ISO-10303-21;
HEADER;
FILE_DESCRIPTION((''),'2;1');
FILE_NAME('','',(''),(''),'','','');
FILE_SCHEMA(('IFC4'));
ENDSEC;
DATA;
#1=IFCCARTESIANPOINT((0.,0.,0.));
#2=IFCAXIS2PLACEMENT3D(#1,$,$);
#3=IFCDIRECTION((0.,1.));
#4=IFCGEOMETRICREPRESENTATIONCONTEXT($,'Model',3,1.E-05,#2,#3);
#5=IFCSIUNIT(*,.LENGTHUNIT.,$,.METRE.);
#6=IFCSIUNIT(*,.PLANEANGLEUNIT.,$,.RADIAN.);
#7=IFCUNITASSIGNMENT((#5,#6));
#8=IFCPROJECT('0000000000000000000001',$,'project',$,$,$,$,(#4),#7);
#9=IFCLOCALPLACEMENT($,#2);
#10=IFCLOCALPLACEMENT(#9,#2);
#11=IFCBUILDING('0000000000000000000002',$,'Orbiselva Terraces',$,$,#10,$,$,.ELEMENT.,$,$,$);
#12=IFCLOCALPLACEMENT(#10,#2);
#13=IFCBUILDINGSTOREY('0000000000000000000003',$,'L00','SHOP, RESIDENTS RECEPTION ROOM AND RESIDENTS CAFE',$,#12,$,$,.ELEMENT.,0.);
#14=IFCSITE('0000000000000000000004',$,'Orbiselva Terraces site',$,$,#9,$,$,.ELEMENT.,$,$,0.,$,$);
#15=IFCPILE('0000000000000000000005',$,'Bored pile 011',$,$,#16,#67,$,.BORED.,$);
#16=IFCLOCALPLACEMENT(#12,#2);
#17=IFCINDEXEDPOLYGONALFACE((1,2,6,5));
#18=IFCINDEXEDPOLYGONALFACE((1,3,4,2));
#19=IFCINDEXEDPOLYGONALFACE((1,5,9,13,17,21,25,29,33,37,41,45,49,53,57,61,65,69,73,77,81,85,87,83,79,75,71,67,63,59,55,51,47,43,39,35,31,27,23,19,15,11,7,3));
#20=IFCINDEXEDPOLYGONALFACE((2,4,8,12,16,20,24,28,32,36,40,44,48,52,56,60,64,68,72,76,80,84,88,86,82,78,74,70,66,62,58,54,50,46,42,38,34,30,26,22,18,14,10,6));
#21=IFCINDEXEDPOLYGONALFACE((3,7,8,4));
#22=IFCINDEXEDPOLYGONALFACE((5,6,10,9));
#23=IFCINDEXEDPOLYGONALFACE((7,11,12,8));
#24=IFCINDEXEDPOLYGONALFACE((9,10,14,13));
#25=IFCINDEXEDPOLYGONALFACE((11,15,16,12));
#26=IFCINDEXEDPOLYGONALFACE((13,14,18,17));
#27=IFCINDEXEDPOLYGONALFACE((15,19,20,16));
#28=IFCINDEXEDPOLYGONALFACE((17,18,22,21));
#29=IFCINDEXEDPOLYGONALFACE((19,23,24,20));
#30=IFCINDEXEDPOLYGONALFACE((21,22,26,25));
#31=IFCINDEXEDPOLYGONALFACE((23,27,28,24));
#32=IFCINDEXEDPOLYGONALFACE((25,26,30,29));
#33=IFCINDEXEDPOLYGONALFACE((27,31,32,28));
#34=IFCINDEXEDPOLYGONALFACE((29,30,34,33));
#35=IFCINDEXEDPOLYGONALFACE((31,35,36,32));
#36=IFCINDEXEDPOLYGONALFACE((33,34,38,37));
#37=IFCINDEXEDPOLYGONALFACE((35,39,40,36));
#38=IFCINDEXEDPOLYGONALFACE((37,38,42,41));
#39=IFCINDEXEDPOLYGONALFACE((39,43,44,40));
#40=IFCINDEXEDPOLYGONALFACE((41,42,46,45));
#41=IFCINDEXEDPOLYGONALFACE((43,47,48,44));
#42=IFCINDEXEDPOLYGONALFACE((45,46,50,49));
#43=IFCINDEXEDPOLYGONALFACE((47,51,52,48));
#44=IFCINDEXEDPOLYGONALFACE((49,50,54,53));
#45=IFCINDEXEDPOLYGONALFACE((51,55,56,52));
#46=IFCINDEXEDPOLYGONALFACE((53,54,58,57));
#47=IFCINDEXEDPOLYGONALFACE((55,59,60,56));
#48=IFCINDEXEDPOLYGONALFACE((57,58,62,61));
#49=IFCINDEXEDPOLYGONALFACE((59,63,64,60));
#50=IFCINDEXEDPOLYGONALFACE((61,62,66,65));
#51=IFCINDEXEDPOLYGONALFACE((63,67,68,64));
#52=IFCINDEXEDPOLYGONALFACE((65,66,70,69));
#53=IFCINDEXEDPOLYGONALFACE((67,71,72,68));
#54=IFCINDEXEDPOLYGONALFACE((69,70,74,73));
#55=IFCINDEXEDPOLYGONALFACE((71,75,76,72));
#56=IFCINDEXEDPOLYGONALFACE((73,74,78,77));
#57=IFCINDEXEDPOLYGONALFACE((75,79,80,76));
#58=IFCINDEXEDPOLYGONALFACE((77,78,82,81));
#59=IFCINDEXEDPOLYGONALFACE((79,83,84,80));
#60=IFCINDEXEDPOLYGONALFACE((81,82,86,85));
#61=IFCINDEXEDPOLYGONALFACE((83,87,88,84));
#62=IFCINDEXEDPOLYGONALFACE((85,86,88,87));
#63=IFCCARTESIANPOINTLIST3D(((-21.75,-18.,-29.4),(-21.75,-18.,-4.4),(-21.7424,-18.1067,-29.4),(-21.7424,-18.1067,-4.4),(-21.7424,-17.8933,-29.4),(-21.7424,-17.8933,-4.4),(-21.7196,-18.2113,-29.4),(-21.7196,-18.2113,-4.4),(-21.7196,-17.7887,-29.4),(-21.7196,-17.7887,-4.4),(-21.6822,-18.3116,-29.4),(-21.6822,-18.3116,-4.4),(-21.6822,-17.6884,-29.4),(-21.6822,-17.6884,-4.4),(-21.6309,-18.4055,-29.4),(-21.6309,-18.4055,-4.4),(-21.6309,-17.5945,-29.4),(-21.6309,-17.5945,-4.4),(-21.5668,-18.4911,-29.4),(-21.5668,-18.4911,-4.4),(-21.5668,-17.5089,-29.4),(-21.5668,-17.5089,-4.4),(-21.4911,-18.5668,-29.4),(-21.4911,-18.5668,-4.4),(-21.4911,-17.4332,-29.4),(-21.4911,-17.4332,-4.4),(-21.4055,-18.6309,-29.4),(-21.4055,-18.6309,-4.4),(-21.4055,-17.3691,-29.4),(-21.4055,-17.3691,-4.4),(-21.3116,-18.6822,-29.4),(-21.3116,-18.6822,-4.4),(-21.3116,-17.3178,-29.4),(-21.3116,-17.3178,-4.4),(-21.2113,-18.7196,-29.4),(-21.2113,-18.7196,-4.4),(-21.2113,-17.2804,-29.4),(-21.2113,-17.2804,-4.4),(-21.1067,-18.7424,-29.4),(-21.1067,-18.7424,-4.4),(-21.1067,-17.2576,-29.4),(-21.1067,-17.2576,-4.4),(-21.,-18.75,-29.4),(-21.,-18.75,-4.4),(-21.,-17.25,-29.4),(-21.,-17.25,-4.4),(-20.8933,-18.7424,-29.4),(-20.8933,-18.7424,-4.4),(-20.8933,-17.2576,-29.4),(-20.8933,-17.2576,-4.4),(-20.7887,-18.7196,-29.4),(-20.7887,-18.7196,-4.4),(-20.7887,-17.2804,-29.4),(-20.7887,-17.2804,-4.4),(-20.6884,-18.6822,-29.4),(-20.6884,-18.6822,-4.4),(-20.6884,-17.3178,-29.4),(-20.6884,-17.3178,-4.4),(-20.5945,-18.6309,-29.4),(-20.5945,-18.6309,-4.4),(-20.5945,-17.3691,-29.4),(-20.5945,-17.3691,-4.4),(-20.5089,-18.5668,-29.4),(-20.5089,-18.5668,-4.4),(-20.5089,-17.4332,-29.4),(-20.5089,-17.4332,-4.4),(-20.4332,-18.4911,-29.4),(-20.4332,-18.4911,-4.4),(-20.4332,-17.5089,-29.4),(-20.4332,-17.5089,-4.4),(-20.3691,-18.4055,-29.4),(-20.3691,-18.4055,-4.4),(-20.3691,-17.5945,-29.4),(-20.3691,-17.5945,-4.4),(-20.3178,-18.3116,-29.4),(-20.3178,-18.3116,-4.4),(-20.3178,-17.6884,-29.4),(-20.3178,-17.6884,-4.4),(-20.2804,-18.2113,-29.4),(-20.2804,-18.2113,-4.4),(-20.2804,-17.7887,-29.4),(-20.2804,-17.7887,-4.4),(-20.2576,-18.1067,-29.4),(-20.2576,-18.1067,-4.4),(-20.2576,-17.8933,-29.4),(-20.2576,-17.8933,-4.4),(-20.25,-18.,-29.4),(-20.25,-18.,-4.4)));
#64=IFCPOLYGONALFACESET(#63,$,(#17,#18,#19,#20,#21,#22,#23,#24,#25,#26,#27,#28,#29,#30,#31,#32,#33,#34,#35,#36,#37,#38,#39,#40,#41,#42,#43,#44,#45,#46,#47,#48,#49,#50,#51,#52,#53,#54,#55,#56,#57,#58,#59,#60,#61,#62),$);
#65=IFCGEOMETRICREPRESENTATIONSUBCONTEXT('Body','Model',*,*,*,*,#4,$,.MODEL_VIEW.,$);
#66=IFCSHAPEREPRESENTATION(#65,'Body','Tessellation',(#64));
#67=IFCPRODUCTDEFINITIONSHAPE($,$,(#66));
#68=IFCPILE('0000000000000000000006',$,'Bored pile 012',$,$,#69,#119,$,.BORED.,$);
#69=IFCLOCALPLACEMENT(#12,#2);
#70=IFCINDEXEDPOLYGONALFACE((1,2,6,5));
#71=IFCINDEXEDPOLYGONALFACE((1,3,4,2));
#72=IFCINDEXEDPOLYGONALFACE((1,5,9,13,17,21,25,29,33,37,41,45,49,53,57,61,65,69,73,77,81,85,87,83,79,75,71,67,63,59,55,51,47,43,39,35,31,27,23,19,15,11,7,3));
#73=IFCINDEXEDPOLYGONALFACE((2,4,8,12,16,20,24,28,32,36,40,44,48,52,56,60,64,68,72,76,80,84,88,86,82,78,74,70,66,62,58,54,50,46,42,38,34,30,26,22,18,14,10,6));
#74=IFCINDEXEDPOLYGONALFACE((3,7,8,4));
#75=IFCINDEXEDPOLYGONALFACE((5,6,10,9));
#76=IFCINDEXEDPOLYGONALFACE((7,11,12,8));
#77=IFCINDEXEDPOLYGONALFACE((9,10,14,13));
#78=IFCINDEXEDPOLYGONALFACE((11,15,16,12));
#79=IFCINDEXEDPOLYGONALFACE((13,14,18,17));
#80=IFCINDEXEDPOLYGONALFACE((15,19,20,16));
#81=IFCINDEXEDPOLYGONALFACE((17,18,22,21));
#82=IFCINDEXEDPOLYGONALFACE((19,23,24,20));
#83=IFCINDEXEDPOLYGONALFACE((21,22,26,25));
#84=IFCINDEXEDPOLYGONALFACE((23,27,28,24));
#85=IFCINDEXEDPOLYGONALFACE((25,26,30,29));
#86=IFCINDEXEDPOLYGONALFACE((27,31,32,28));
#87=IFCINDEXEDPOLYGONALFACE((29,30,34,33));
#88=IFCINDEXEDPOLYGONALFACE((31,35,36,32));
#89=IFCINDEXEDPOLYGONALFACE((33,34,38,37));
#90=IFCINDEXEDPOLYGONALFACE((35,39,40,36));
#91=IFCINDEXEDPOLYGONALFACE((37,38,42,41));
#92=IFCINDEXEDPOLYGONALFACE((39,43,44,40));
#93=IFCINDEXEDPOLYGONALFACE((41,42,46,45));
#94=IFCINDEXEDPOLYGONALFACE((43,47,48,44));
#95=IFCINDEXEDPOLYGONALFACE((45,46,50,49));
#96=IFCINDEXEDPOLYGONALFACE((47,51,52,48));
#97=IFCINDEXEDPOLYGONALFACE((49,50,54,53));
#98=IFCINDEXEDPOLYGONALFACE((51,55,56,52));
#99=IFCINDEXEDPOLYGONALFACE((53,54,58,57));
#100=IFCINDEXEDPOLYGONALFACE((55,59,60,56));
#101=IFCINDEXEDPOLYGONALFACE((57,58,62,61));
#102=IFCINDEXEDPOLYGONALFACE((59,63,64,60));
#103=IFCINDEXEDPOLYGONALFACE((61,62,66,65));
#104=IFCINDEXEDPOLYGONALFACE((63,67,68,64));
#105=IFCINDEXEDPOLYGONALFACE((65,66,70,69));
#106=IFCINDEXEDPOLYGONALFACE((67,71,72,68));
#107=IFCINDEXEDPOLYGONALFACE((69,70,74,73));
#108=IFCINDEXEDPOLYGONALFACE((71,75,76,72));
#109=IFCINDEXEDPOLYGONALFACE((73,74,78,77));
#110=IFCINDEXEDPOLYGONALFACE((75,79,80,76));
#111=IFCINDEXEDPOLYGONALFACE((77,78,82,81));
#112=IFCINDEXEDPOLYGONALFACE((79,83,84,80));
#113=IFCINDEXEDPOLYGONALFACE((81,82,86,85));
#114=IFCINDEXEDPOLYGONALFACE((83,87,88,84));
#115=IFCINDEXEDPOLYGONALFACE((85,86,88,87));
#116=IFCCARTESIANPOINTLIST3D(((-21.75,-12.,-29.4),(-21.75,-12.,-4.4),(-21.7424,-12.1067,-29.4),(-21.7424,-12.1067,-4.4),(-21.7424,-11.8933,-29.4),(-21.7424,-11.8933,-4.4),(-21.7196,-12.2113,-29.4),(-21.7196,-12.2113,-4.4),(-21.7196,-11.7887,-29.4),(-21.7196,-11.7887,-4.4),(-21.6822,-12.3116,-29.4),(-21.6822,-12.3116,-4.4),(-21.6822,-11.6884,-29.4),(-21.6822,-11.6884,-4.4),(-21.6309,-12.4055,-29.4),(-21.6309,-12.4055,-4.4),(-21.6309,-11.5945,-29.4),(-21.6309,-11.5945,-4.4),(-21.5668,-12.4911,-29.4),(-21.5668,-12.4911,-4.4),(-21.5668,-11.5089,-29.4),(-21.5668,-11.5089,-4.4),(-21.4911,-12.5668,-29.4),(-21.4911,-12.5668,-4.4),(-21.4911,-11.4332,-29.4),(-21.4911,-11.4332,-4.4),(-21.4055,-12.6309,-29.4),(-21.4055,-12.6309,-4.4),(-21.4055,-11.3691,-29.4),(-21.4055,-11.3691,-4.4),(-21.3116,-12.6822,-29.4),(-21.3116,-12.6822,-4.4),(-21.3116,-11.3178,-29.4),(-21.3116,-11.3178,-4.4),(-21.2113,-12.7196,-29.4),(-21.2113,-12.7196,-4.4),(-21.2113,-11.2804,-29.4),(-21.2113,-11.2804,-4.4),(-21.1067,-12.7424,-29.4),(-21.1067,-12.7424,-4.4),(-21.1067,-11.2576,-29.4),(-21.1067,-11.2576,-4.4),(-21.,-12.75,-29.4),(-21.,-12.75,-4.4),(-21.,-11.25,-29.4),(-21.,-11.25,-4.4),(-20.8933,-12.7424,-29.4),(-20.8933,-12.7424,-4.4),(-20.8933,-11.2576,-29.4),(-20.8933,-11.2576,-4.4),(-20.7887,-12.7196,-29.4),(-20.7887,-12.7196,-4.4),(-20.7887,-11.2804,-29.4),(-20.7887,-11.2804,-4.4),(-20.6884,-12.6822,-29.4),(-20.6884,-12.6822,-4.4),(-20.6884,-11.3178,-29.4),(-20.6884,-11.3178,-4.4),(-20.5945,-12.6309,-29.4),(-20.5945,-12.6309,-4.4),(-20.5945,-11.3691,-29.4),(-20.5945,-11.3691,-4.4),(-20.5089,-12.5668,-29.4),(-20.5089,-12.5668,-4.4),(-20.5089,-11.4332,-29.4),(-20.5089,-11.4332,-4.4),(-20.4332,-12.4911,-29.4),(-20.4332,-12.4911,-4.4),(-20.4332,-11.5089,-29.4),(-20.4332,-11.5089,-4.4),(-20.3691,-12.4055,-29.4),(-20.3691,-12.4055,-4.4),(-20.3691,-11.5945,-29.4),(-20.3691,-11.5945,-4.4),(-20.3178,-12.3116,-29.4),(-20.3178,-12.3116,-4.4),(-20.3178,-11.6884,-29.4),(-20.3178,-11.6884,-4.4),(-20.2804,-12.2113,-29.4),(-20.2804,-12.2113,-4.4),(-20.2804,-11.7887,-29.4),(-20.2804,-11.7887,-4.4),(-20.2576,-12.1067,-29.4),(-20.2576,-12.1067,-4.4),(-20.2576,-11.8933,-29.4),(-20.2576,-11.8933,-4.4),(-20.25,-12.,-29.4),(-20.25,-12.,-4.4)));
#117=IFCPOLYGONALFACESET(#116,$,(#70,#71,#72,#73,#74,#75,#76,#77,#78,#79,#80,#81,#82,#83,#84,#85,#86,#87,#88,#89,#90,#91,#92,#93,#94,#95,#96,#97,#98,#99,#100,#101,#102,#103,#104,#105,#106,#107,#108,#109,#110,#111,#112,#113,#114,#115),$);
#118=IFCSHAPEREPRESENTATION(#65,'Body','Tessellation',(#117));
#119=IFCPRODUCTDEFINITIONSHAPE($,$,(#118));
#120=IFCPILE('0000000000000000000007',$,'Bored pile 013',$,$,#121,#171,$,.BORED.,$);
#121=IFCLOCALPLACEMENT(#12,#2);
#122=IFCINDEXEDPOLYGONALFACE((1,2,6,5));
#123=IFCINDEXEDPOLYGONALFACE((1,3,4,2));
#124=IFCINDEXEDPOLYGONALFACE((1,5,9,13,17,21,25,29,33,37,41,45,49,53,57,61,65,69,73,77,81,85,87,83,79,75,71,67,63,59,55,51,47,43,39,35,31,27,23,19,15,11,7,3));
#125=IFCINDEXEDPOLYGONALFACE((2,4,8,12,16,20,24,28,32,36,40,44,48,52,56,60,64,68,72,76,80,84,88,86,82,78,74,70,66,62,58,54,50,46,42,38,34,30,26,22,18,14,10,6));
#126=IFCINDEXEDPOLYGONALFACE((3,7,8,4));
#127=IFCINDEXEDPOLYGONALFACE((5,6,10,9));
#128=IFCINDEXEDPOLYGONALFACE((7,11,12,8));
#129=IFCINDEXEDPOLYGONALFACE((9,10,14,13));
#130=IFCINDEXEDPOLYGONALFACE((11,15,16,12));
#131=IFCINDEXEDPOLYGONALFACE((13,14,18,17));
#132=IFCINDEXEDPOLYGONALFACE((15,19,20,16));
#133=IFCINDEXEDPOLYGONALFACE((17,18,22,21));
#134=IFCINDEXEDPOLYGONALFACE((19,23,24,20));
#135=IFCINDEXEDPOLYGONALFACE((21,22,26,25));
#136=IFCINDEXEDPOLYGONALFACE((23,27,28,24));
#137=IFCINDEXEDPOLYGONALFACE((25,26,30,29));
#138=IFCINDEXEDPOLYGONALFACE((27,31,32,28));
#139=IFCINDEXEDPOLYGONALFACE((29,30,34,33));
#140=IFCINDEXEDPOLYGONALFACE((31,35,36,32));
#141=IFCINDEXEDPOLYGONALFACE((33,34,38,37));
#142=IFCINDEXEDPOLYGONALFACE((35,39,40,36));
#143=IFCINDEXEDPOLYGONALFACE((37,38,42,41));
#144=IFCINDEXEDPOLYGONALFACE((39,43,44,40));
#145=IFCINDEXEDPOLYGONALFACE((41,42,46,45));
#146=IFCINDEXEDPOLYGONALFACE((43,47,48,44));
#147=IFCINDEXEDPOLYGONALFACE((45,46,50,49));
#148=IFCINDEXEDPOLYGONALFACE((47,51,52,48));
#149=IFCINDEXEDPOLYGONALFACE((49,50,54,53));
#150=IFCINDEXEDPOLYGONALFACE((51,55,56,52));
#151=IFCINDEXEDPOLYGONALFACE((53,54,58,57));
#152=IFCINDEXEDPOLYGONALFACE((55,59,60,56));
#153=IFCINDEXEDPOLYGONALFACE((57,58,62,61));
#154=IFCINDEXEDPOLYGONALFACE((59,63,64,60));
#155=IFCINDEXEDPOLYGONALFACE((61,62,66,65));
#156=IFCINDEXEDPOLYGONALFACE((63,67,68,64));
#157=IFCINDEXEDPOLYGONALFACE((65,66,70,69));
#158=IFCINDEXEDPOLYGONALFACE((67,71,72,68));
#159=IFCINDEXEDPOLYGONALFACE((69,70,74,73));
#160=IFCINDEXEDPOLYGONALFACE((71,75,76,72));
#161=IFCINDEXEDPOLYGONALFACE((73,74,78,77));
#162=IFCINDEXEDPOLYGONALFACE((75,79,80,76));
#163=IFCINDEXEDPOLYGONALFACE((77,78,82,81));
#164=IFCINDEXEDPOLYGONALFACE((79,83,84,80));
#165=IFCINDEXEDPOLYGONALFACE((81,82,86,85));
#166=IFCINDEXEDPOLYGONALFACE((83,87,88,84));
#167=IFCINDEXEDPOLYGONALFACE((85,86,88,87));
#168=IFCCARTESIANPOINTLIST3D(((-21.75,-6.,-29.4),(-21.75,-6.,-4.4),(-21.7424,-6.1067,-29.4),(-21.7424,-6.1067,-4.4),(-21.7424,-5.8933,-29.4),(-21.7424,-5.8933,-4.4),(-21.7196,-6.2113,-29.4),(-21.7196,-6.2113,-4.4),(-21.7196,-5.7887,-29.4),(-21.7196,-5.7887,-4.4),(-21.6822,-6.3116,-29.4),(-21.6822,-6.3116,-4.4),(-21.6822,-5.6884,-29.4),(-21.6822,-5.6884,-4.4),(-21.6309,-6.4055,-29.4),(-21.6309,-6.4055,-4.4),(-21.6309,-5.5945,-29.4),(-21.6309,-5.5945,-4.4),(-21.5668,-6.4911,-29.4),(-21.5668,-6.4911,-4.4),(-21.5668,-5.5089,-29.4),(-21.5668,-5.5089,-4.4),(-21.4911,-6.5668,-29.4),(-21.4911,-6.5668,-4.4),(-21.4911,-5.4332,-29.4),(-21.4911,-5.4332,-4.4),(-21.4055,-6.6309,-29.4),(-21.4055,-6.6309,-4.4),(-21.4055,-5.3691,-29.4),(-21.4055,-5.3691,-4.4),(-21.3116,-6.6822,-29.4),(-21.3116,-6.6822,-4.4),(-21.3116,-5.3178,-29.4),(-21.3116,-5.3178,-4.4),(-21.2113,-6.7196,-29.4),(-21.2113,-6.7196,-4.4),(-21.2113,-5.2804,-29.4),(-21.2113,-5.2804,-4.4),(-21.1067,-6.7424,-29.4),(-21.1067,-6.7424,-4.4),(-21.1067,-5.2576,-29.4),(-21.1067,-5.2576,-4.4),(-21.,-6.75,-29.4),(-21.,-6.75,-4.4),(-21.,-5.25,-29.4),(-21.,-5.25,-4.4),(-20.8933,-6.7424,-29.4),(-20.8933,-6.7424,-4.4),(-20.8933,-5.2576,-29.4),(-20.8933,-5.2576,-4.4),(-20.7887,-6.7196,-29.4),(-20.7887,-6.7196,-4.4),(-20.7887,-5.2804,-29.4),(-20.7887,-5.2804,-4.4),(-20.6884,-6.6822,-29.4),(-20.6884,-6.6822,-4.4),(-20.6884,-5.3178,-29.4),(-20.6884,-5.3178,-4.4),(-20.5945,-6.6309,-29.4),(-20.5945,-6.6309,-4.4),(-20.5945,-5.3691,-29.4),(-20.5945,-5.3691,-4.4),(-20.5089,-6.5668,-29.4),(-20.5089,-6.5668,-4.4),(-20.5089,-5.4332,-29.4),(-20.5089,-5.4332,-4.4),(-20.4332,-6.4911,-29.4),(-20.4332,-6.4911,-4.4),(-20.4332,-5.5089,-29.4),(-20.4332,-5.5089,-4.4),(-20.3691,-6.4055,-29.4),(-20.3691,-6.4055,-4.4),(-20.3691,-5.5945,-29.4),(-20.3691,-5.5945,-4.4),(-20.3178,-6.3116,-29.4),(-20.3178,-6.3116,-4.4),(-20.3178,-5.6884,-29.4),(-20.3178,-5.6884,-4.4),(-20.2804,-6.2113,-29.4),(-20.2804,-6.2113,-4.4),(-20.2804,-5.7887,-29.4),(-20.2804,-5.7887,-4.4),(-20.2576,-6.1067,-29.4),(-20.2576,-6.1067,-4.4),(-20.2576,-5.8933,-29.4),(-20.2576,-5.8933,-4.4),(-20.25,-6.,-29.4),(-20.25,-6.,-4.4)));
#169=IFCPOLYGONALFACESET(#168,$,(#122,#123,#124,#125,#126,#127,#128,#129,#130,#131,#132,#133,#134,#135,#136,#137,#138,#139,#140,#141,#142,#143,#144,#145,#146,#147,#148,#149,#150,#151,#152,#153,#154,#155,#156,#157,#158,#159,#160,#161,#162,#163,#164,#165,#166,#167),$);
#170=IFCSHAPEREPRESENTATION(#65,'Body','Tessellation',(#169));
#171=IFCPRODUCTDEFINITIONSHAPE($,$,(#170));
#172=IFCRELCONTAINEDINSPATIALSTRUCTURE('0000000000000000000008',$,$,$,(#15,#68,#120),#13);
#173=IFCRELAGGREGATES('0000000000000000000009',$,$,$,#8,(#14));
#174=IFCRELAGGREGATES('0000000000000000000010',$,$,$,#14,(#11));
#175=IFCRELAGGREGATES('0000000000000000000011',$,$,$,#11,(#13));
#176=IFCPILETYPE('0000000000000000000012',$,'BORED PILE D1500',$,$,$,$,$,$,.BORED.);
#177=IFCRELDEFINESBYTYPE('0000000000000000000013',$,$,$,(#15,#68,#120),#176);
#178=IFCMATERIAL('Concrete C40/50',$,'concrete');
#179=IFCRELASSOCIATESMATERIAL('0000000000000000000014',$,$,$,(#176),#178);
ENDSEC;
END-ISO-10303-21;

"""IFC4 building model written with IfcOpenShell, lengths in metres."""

from ifc_helpers import new_model, si_unit, direction, frame, origin, origin_2d, place, context, subcontext, project, spatial, circle, extrude, material, material_profile, profile_set, type_object, element, save


model = new_model("IFC4")

# Units and contexts
model_context = context("Model", 3, precision=1e-05, world=origin(), true_north=direction((0.0, 1.0)))
body_context = subcontext(model_context, "Body", "Model", "MODEL_VIEW")
ifc_project = project(units=[si_unit("LENGTHUNIT", "METRE"), si_unit("PLANEANGLEUNIT", "RADIAN")], contexts=[model_context])

# Site, building, storey
site_placement = place(None, origin())
site = spatial("IfcSite", under=ifc_project, at=site_placement, Name="Orbiselva Terraces site", CompositionType="ELEMENT", RefElevation=0.0)
building_placement = place(site_placement, origin())
building = spatial("IfcBuilding", under=site, at=building_placement, Name="Orbiselva Terraces", CompositionType="ELEMENT")
storey_placement = place(building_placement, origin())
storey = spatial("IfcBuildingStorey", under=building, at=storey_placement, Name="L00", Description="SHOP, RESIDENTS RECEPTION ROOM AND RESIDENTS CAFE", CompositionType="ELEMENT", Elevation=0.0)

# Piles
ifc_material_1 = material(Name="Concrete C40/50", Category="concrete")
ifc_material_profile_1 = material_profile(ifc_material_1, circle(Radius=0.75, at=origin_2d()), Name="D1500")
ifc_profile_set_1 = profile_set([ifc_material_profile_1], Name="Concrete C40/50")
pile_type = type_object("IfcPileType", Name="BORED PILE D1500", PredefinedType="BORED", material=ifc_profile_set_1)
for number, where, z_axis, x_axis, name in (
    (1, (-21.0, -18.0, -4.4), (0.0, 0.0, -1.0), (1.0, 0.0, 0.0), "Bored pile 011"),
    (2, (-21.0, -12.0, -4.4), (0.0, 0.0, -1.0), (1.0, 0.0, 0.0), "Bored pile 012"),
    (3, (-21.0, -6.0, -4.4), (0.0, 0.0, -1.0), (1.0, 0.0, 0.0), "Bored pile 013"),
):
    element("IfcPile", number, at=place(storey_placement, frame(where, z_axis=z_axis, x_axis=x_axis)), inside=storey, type_object=pile_type, Name=name, PredefinedType="BORED", context=body_context, shape_type="SweptSolid", body=[
        extrude(circle(Radius=0.75, at=origin_2d()), origin(), (0.0, 0.0, 1.0), 25.0),
    ])

save(model, "model.ifc")
